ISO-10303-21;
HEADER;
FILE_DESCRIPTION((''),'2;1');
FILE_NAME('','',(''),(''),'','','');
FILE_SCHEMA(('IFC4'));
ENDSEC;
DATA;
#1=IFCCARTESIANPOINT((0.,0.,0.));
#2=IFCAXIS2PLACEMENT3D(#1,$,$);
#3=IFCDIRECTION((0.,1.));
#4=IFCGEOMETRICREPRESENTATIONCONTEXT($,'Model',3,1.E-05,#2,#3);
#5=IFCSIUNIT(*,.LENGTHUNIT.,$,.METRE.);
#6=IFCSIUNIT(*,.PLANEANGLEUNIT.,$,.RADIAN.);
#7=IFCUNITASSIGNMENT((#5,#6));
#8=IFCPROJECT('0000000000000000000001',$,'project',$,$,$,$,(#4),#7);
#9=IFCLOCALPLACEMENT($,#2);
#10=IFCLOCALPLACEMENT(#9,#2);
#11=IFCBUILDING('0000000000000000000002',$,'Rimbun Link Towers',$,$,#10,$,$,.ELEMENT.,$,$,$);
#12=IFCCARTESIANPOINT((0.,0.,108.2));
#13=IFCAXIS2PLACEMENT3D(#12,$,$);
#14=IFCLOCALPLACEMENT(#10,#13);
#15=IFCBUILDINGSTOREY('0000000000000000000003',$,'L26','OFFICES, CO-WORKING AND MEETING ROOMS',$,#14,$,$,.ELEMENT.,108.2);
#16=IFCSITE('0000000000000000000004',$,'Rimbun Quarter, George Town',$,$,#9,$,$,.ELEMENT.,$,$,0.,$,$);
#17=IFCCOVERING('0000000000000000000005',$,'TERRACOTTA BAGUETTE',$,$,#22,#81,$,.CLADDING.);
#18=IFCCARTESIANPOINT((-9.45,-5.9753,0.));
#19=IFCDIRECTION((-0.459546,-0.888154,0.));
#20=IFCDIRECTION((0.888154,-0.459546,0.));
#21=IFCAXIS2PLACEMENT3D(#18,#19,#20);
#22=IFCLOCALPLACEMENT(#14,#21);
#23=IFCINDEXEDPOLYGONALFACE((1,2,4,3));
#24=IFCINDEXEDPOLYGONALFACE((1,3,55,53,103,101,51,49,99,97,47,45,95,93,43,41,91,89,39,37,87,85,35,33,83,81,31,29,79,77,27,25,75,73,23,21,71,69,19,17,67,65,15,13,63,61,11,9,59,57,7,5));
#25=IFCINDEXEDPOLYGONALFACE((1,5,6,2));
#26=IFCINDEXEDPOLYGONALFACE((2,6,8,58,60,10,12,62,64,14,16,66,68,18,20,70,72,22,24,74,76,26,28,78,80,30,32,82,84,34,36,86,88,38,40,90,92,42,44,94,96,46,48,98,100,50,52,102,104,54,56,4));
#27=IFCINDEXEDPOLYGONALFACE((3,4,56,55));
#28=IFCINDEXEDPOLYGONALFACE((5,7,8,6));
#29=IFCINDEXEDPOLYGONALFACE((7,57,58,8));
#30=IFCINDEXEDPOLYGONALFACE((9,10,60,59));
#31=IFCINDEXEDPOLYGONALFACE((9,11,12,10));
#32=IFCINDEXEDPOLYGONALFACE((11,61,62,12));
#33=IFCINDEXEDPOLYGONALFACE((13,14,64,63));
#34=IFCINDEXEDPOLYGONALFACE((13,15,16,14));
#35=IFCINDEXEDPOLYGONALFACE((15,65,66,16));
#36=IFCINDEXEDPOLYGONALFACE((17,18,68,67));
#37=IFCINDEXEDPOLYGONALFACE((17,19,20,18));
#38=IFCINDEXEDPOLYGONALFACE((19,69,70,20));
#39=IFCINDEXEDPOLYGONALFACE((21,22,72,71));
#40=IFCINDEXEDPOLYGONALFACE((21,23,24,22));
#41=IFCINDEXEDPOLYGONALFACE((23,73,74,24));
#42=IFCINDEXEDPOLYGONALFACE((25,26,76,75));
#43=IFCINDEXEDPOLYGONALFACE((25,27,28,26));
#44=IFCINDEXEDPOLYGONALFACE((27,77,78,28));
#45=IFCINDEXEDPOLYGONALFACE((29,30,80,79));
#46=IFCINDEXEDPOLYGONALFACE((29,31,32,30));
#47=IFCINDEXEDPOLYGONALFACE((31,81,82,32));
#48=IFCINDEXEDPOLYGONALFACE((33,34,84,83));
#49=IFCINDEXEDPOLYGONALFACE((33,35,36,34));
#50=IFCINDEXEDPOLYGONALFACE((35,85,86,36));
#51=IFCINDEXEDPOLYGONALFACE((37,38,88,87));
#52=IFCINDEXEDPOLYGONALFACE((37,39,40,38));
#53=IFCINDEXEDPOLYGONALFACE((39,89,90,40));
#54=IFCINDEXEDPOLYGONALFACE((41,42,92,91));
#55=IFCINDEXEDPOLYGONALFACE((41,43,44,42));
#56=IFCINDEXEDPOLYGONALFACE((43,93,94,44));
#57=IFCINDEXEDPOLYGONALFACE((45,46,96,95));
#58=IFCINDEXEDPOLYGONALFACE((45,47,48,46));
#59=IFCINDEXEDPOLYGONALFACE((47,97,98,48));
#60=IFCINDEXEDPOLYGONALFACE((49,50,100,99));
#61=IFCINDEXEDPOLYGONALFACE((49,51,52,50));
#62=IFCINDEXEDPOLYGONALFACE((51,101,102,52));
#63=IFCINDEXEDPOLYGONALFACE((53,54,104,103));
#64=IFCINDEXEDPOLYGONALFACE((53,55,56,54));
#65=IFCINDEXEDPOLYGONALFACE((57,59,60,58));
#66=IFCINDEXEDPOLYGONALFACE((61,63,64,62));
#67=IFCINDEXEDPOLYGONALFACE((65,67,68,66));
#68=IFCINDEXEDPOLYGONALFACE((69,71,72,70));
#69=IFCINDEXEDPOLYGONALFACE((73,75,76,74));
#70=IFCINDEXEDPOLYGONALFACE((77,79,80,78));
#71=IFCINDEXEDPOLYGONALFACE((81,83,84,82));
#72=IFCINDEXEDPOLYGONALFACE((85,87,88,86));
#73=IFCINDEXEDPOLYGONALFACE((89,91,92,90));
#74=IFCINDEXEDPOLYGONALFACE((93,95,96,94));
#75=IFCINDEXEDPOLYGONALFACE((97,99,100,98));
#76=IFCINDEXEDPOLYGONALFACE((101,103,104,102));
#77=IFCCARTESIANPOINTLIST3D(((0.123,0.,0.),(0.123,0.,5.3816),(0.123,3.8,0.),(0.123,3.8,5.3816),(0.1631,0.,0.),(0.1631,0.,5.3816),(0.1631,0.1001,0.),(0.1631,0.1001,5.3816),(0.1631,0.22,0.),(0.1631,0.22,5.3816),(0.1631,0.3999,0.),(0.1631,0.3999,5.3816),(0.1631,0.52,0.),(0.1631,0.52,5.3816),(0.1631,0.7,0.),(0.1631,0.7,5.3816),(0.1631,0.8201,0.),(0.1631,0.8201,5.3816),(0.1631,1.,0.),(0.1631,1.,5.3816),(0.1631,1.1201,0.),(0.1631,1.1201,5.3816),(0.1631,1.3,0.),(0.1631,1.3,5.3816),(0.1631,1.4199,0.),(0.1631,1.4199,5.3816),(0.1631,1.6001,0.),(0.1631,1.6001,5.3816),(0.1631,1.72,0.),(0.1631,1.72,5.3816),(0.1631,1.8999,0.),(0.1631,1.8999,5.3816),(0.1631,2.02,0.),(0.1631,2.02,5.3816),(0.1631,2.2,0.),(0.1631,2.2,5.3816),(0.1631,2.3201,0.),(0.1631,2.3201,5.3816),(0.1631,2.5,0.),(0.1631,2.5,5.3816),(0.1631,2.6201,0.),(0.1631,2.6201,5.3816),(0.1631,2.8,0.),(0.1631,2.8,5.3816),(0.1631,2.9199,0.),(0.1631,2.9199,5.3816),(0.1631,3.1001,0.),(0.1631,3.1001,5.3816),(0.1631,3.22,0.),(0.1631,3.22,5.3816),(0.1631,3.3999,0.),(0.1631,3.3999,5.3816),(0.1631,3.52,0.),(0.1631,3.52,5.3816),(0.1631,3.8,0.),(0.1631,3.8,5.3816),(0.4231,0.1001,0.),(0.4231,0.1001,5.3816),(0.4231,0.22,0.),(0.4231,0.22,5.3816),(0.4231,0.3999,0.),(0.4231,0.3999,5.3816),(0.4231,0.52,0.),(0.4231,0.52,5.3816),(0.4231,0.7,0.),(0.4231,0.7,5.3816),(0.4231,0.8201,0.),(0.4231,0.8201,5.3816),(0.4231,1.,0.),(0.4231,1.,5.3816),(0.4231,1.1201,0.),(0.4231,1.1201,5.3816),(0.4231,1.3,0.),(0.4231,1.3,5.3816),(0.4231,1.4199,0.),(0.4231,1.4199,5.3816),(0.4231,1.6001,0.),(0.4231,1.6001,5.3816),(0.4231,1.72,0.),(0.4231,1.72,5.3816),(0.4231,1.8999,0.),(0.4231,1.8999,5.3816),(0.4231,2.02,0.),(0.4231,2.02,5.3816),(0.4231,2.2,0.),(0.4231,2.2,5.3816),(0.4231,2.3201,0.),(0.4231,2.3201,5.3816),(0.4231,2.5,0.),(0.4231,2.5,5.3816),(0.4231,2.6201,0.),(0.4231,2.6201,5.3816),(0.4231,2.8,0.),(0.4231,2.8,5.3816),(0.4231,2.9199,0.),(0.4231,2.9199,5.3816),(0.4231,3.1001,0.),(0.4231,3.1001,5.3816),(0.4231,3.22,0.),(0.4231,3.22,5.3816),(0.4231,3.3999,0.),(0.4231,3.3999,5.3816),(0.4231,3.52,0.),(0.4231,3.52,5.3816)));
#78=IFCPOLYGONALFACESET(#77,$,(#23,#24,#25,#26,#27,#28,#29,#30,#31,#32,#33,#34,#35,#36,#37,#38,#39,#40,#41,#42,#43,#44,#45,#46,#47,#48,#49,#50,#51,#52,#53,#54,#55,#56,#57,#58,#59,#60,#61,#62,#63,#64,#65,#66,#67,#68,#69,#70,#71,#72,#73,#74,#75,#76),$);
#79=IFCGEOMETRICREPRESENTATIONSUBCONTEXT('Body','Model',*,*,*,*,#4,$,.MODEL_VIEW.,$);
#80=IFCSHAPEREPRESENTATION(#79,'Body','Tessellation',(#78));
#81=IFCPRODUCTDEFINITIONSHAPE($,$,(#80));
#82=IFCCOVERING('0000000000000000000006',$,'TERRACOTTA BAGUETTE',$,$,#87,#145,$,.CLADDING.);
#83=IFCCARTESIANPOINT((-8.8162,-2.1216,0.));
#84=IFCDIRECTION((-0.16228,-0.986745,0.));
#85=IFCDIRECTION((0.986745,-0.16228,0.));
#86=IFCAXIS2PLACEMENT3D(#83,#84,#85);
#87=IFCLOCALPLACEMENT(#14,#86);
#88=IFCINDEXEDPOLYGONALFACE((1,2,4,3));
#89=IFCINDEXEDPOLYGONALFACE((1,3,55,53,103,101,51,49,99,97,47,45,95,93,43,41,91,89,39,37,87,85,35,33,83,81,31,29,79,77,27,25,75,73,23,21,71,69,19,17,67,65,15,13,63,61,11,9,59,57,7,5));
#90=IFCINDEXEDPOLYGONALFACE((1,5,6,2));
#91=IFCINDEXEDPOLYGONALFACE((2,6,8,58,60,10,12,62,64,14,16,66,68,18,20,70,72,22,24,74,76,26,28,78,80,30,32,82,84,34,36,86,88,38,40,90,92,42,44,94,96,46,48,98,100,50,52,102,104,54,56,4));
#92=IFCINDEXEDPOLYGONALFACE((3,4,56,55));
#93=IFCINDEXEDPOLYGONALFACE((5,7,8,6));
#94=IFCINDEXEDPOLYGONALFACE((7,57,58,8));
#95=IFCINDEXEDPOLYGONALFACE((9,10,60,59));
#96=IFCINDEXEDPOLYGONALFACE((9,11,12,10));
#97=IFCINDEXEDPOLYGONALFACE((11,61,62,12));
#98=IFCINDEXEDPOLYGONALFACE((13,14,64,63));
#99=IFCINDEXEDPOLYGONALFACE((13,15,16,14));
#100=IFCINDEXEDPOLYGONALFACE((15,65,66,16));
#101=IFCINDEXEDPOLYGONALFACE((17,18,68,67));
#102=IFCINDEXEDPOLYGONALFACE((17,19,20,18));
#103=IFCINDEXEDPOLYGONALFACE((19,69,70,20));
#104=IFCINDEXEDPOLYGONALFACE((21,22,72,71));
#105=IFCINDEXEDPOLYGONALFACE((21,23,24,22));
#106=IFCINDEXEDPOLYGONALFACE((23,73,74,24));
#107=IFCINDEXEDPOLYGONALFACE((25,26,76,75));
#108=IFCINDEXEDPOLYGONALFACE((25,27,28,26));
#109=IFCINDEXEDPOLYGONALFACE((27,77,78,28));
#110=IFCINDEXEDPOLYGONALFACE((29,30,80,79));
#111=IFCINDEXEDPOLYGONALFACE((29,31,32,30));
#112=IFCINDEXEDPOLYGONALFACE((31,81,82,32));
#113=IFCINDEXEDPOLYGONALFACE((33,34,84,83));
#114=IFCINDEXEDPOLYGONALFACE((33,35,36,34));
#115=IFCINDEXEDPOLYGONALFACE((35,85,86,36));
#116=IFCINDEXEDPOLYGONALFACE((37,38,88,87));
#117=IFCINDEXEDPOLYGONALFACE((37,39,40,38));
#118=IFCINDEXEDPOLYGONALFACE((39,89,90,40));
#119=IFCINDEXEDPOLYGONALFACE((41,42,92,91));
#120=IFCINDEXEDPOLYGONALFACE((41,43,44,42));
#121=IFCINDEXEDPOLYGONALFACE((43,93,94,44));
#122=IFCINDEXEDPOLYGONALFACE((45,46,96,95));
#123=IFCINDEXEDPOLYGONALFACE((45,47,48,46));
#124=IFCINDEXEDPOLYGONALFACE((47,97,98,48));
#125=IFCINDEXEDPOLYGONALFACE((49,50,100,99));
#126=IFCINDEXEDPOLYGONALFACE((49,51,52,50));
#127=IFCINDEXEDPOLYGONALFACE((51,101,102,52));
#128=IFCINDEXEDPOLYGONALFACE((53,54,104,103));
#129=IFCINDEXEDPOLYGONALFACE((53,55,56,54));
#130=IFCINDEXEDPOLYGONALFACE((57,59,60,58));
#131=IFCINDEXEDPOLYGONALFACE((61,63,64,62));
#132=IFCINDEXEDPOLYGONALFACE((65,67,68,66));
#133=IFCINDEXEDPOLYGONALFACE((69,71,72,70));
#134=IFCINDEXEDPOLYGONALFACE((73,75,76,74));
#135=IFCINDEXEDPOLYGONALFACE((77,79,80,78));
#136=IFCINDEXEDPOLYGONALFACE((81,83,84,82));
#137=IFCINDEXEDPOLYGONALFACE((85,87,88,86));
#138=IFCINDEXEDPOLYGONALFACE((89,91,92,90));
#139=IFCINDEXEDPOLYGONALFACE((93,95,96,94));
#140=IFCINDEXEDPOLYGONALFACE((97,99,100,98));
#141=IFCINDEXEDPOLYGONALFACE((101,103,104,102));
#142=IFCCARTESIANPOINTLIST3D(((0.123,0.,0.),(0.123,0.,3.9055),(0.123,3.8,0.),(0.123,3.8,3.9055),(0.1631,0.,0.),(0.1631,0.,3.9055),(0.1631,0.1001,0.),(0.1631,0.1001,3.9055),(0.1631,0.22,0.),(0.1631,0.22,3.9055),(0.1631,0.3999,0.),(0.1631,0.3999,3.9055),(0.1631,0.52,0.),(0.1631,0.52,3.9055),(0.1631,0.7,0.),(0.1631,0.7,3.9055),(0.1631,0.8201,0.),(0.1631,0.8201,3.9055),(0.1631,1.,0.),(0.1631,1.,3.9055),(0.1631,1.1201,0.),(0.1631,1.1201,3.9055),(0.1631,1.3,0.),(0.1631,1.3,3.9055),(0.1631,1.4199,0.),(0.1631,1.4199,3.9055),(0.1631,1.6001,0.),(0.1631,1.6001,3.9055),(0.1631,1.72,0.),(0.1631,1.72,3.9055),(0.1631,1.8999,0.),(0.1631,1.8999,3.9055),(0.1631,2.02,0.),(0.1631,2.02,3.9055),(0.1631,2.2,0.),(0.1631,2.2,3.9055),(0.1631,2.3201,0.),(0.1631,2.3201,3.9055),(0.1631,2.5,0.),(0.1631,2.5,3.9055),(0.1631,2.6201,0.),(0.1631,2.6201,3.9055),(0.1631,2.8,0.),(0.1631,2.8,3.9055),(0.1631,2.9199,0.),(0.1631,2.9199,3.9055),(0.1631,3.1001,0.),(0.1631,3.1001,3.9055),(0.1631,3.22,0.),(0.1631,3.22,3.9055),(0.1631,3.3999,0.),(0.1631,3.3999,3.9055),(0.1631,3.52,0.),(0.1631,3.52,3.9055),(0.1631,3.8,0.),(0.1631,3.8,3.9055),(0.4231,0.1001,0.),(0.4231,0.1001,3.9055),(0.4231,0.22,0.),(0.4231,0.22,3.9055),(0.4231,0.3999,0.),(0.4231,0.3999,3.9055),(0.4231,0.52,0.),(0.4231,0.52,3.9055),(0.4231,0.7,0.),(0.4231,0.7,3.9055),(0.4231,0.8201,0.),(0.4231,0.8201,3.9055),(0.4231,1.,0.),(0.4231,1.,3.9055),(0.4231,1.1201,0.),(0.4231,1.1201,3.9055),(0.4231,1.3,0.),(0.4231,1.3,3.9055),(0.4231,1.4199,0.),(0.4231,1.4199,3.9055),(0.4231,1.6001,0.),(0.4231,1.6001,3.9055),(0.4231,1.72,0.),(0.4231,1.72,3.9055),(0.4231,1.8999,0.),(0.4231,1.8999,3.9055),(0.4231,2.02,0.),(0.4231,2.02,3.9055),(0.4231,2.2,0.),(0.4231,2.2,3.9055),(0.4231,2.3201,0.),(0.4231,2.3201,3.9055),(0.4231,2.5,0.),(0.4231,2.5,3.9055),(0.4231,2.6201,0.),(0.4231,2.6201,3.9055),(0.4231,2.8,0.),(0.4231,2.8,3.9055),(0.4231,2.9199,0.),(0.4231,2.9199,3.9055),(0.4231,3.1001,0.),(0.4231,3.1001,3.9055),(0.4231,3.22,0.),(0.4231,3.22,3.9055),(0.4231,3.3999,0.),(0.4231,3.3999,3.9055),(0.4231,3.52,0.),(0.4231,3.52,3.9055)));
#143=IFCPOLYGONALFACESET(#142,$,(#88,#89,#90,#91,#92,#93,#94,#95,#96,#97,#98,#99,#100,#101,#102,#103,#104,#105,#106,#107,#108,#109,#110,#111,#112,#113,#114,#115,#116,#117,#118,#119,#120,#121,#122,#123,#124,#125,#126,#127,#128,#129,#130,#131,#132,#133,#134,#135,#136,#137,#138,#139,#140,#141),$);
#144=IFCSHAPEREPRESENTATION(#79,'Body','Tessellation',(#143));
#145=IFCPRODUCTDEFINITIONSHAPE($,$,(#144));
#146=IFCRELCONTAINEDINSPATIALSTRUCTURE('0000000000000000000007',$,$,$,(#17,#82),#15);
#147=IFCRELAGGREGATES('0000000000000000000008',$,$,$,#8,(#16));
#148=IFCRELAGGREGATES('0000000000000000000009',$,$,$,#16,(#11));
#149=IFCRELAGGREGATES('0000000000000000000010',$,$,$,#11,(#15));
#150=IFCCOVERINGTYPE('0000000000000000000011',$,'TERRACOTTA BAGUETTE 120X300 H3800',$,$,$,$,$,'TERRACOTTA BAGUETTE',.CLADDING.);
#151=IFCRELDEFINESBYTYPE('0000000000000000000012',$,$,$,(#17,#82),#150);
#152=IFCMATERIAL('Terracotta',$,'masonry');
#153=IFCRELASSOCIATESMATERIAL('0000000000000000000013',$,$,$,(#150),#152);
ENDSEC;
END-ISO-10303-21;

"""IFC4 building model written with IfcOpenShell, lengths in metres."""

from ifc_helpers import new_model, si_unit, direction, frame, origin, place, context, subcontext, project, spatial, polyline, outline, extrude, material, material_profile, profile_set, type_object, element, save


model = new_model("IFC4")

# Units and contexts
model_context = context("Model", 3, precision=1e-05, world=origin(), true_north=direction((0.0, 1.0)))
body_context = subcontext(model_context, "Body", "Model", "MODEL_VIEW")
ifc_project = project(units=[si_unit("LENGTHUNIT", "METRE"), si_unit("PLANEANGLEUNIT", "RADIAN")], contexts=[model_context])

# Site, building, storey
site_placement = place(None, origin())
site = spatial("IfcSite", under=ifc_project, at=site_placement, Name="Rimbun Quarter, George Town", CompositionType="ELEMENT", RefElevation=0.0)
building_placement = place(site_placement, origin())
building = spatial("IfcBuilding", under=site, at=building_placement, Name="Rimbun Link Towers", CompositionType="ELEMENT")
storey_placement = place(building_placement, frame((0.0, 0.0, 108.2)))
storey = spatial("IfcBuildingStorey", under=building, at=storey_placement, Name="L26", Description="OFFICES, CO-WORKING AND MEETING ROOMS", CompositionType="ELEMENT", Elevation=108.2)

# Coverings
ifc_material_1 = material(Name="Terracotta", Category="masonry")
ifc_material_profile_1 = material_profile(ifc_material_1, outline(polyline([(0.123, 0.0), (0.1631, 0.0), (0.1631, 0.1001), (0.4231, 0.1001), (0.4231, 0.22), (0.1631, 0.22), (0.1631, 0.3999), (0.4231, 0.3999), (0.4231, 0.52), (0.1631, 0.52), (0.1631, 0.7), (0.4231, 0.7), (0.4231, 0.8201), (0.1631, 0.8201), (0.1631, 1.0), (0.4231, 1.0), (0.4231, 1.1201), (0.1631, 1.1201), (0.1631, 1.3), (0.4231, 1.3), (0.4231, 1.4199), (0.1631, 1.4199), (0.1631, 1.6001), (0.4231, 1.6001), (0.4231, 1.72), (0.1631, 1.72), (0.1631, 1.8999), (0.4231, 1.8999), (0.4231, 2.02), (0.1631, 2.02), (0.1631, 2.2), (0.4231, 2.2), (0.4231, 2.3201), (0.1631, 2.3201), (0.1631, 2.5), (0.4231, 2.5), (0.4231, 2.6201), (0.1631, 2.6201), (0.1631, 2.8), (0.4231, 2.8), (0.4231, 2.9199), (0.1631, 2.9199), (0.1631, 3.1001), (0.4231, 3.1001), (0.4231, 3.22), (0.1631, 3.22), (0.1631, 3.3999), (0.4231, 3.3999), (0.4231, 3.52), (0.1631, 3.52), (0.1631, 3.8), (0.123, 3.8), (0.123, 0.0)])), Name="BAGUETTE 120X300")
ifc_profile_set_1 = profile_set([ifc_material_profile_1], Name="Terracotta")
covering_type = type_object("IfcCoveringType", Name="TERRACOTTA BAGUETTE 120X300 H3800", ElementType="TERRACOTTA BAGUETTE", PredefinedType="CLADDING", material=ifc_profile_set_1)
covering_1_placement = place(storey_placement, frame((-9.45, -5.9753, 0.0), z_axis=(-0.459546, -0.888154, 0.0), x_axis=(0.888154, -0.459546, 0.0)))
element("IfcCovering", 1, at=covering_1_placement, inside=storey, type_object=covering_type, Name="TERRACOTTA BAGUETTE", PredefinedType="CLADDING", context=body_context, shape_type="SweptSolid", body=[
    extrude(outline(polyline([(0.123, 0.0), (0.1631, 0.0), (0.1631, 0.1001), (0.4231, 0.1001), (0.4231, 0.22), (0.1631, 0.22), (0.1631, 0.3999), (0.4231, 0.3999), (0.4231, 0.52), (0.1631, 0.52), (0.1631, 0.7), (0.4231, 0.7), (0.4231, 0.8201), (0.1631, 0.8201), (0.1631, 1.0), (0.4231, 1.0), (0.4231, 1.1201), (0.1631, 1.1201), (0.1631, 1.3), (0.4231, 1.3), (0.4231, 1.4199), (0.1631, 1.4199), (0.1631, 1.6001), (0.4231, 1.6001), (0.4231, 1.72), (0.1631, 1.72), (0.1631, 1.8999), (0.4231, 1.8999), (0.4231, 2.02), (0.1631, 2.02), (0.1631, 2.2), (0.4231, 2.2), (0.4231, 2.3201), (0.1631, 2.3201), (0.1631, 2.5), (0.4231, 2.5), (0.4231, 2.6201), (0.1631, 2.6201), (0.1631, 2.8), (0.4231, 2.8), (0.4231, 2.9199), (0.1631, 2.9199), (0.1631, 3.1001), (0.4231, 3.1001), (0.4231, 3.22), (0.1631, 3.22), (0.1631, 3.3999), (0.4231, 3.3999), (0.4231, 3.52), (0.1631, 3.52), (0.1631, 3.8), (0.123, 3.8), (0.123, 0.0)])), origin(), (0.0, 0.0, 1.0), 5.3816),
])
covering_2_placement = place(storey_placement, frame((-8.8162, -2.1216, 0.0), z_axis=(-0.16228, -0.986745, 0.0), x_axis=(0.986745, -0.16228, 0.0)))
element("IfcCovering", 2, at=covering_2_placement, inside=storey, type_object=covering_type, Name="TERRACOTTA BAGUETTE", PredefinedType="CLADDING", context=body_context, shape_type="SweptSolid", body=[
    extrude(outline(polyline([(0.123, 0.0), (0.1631, 0.0), (0.1631, 0.1001), (0.4231, 0.1001), (0.4231, 0.22), (0.1631, 0.22), (0.1631, 0.3999), (0.4231, 0.3999), (0.4231, 0.52), (0.1631, 0.52), (0.1631, 0.7), (0.4231, 0.7), (0.4231, 0.8201), (0.1631, 0.8201), (0.1631, 1.0), (0.4231, 1.0), (0.4231, 1.1201), (0.1631, 1.1201), (0.1631, 1.3), (0.4231, 1.3), (0.4231, 1.4199), (0.1631, 1.4199), (0.1631, 1.6001), (0.4231, 1.6001), (0.4231, 1.72), (0.1631, 1.72), (0.1631, 1.8999), (0.4231, 1.8999), (0.4231, 2.02), (0.1631, 2.02), (0.1631, 2.2), (0.4231, 2.2), (0.4231, 2.3201), (0.1631, 2.3201), (0.1631, 2.5), (0.4231, 2.5), (0.4231, 2.6201), (0.1631, 2.6201), (0.1631, 2.8), (0.4231, 2.8), (0.4231, 2.9199), (0.1631, 2.9199), (0.1631, 3.1001), (0.4231, 3.1001), (0.4231, 3.22), (0.1631, 3.22), (0.1631, 3.3999), (0.4231, 3.3999), (0.4231, 3.52), (0.1631, 3.52), (0.1631, 3.8), (0.123, 3.8), (0.123, 0.0)])), origin(), (0.0, 0.0, 1.0), 3.9055),
])

save(model, "model.ifc")
